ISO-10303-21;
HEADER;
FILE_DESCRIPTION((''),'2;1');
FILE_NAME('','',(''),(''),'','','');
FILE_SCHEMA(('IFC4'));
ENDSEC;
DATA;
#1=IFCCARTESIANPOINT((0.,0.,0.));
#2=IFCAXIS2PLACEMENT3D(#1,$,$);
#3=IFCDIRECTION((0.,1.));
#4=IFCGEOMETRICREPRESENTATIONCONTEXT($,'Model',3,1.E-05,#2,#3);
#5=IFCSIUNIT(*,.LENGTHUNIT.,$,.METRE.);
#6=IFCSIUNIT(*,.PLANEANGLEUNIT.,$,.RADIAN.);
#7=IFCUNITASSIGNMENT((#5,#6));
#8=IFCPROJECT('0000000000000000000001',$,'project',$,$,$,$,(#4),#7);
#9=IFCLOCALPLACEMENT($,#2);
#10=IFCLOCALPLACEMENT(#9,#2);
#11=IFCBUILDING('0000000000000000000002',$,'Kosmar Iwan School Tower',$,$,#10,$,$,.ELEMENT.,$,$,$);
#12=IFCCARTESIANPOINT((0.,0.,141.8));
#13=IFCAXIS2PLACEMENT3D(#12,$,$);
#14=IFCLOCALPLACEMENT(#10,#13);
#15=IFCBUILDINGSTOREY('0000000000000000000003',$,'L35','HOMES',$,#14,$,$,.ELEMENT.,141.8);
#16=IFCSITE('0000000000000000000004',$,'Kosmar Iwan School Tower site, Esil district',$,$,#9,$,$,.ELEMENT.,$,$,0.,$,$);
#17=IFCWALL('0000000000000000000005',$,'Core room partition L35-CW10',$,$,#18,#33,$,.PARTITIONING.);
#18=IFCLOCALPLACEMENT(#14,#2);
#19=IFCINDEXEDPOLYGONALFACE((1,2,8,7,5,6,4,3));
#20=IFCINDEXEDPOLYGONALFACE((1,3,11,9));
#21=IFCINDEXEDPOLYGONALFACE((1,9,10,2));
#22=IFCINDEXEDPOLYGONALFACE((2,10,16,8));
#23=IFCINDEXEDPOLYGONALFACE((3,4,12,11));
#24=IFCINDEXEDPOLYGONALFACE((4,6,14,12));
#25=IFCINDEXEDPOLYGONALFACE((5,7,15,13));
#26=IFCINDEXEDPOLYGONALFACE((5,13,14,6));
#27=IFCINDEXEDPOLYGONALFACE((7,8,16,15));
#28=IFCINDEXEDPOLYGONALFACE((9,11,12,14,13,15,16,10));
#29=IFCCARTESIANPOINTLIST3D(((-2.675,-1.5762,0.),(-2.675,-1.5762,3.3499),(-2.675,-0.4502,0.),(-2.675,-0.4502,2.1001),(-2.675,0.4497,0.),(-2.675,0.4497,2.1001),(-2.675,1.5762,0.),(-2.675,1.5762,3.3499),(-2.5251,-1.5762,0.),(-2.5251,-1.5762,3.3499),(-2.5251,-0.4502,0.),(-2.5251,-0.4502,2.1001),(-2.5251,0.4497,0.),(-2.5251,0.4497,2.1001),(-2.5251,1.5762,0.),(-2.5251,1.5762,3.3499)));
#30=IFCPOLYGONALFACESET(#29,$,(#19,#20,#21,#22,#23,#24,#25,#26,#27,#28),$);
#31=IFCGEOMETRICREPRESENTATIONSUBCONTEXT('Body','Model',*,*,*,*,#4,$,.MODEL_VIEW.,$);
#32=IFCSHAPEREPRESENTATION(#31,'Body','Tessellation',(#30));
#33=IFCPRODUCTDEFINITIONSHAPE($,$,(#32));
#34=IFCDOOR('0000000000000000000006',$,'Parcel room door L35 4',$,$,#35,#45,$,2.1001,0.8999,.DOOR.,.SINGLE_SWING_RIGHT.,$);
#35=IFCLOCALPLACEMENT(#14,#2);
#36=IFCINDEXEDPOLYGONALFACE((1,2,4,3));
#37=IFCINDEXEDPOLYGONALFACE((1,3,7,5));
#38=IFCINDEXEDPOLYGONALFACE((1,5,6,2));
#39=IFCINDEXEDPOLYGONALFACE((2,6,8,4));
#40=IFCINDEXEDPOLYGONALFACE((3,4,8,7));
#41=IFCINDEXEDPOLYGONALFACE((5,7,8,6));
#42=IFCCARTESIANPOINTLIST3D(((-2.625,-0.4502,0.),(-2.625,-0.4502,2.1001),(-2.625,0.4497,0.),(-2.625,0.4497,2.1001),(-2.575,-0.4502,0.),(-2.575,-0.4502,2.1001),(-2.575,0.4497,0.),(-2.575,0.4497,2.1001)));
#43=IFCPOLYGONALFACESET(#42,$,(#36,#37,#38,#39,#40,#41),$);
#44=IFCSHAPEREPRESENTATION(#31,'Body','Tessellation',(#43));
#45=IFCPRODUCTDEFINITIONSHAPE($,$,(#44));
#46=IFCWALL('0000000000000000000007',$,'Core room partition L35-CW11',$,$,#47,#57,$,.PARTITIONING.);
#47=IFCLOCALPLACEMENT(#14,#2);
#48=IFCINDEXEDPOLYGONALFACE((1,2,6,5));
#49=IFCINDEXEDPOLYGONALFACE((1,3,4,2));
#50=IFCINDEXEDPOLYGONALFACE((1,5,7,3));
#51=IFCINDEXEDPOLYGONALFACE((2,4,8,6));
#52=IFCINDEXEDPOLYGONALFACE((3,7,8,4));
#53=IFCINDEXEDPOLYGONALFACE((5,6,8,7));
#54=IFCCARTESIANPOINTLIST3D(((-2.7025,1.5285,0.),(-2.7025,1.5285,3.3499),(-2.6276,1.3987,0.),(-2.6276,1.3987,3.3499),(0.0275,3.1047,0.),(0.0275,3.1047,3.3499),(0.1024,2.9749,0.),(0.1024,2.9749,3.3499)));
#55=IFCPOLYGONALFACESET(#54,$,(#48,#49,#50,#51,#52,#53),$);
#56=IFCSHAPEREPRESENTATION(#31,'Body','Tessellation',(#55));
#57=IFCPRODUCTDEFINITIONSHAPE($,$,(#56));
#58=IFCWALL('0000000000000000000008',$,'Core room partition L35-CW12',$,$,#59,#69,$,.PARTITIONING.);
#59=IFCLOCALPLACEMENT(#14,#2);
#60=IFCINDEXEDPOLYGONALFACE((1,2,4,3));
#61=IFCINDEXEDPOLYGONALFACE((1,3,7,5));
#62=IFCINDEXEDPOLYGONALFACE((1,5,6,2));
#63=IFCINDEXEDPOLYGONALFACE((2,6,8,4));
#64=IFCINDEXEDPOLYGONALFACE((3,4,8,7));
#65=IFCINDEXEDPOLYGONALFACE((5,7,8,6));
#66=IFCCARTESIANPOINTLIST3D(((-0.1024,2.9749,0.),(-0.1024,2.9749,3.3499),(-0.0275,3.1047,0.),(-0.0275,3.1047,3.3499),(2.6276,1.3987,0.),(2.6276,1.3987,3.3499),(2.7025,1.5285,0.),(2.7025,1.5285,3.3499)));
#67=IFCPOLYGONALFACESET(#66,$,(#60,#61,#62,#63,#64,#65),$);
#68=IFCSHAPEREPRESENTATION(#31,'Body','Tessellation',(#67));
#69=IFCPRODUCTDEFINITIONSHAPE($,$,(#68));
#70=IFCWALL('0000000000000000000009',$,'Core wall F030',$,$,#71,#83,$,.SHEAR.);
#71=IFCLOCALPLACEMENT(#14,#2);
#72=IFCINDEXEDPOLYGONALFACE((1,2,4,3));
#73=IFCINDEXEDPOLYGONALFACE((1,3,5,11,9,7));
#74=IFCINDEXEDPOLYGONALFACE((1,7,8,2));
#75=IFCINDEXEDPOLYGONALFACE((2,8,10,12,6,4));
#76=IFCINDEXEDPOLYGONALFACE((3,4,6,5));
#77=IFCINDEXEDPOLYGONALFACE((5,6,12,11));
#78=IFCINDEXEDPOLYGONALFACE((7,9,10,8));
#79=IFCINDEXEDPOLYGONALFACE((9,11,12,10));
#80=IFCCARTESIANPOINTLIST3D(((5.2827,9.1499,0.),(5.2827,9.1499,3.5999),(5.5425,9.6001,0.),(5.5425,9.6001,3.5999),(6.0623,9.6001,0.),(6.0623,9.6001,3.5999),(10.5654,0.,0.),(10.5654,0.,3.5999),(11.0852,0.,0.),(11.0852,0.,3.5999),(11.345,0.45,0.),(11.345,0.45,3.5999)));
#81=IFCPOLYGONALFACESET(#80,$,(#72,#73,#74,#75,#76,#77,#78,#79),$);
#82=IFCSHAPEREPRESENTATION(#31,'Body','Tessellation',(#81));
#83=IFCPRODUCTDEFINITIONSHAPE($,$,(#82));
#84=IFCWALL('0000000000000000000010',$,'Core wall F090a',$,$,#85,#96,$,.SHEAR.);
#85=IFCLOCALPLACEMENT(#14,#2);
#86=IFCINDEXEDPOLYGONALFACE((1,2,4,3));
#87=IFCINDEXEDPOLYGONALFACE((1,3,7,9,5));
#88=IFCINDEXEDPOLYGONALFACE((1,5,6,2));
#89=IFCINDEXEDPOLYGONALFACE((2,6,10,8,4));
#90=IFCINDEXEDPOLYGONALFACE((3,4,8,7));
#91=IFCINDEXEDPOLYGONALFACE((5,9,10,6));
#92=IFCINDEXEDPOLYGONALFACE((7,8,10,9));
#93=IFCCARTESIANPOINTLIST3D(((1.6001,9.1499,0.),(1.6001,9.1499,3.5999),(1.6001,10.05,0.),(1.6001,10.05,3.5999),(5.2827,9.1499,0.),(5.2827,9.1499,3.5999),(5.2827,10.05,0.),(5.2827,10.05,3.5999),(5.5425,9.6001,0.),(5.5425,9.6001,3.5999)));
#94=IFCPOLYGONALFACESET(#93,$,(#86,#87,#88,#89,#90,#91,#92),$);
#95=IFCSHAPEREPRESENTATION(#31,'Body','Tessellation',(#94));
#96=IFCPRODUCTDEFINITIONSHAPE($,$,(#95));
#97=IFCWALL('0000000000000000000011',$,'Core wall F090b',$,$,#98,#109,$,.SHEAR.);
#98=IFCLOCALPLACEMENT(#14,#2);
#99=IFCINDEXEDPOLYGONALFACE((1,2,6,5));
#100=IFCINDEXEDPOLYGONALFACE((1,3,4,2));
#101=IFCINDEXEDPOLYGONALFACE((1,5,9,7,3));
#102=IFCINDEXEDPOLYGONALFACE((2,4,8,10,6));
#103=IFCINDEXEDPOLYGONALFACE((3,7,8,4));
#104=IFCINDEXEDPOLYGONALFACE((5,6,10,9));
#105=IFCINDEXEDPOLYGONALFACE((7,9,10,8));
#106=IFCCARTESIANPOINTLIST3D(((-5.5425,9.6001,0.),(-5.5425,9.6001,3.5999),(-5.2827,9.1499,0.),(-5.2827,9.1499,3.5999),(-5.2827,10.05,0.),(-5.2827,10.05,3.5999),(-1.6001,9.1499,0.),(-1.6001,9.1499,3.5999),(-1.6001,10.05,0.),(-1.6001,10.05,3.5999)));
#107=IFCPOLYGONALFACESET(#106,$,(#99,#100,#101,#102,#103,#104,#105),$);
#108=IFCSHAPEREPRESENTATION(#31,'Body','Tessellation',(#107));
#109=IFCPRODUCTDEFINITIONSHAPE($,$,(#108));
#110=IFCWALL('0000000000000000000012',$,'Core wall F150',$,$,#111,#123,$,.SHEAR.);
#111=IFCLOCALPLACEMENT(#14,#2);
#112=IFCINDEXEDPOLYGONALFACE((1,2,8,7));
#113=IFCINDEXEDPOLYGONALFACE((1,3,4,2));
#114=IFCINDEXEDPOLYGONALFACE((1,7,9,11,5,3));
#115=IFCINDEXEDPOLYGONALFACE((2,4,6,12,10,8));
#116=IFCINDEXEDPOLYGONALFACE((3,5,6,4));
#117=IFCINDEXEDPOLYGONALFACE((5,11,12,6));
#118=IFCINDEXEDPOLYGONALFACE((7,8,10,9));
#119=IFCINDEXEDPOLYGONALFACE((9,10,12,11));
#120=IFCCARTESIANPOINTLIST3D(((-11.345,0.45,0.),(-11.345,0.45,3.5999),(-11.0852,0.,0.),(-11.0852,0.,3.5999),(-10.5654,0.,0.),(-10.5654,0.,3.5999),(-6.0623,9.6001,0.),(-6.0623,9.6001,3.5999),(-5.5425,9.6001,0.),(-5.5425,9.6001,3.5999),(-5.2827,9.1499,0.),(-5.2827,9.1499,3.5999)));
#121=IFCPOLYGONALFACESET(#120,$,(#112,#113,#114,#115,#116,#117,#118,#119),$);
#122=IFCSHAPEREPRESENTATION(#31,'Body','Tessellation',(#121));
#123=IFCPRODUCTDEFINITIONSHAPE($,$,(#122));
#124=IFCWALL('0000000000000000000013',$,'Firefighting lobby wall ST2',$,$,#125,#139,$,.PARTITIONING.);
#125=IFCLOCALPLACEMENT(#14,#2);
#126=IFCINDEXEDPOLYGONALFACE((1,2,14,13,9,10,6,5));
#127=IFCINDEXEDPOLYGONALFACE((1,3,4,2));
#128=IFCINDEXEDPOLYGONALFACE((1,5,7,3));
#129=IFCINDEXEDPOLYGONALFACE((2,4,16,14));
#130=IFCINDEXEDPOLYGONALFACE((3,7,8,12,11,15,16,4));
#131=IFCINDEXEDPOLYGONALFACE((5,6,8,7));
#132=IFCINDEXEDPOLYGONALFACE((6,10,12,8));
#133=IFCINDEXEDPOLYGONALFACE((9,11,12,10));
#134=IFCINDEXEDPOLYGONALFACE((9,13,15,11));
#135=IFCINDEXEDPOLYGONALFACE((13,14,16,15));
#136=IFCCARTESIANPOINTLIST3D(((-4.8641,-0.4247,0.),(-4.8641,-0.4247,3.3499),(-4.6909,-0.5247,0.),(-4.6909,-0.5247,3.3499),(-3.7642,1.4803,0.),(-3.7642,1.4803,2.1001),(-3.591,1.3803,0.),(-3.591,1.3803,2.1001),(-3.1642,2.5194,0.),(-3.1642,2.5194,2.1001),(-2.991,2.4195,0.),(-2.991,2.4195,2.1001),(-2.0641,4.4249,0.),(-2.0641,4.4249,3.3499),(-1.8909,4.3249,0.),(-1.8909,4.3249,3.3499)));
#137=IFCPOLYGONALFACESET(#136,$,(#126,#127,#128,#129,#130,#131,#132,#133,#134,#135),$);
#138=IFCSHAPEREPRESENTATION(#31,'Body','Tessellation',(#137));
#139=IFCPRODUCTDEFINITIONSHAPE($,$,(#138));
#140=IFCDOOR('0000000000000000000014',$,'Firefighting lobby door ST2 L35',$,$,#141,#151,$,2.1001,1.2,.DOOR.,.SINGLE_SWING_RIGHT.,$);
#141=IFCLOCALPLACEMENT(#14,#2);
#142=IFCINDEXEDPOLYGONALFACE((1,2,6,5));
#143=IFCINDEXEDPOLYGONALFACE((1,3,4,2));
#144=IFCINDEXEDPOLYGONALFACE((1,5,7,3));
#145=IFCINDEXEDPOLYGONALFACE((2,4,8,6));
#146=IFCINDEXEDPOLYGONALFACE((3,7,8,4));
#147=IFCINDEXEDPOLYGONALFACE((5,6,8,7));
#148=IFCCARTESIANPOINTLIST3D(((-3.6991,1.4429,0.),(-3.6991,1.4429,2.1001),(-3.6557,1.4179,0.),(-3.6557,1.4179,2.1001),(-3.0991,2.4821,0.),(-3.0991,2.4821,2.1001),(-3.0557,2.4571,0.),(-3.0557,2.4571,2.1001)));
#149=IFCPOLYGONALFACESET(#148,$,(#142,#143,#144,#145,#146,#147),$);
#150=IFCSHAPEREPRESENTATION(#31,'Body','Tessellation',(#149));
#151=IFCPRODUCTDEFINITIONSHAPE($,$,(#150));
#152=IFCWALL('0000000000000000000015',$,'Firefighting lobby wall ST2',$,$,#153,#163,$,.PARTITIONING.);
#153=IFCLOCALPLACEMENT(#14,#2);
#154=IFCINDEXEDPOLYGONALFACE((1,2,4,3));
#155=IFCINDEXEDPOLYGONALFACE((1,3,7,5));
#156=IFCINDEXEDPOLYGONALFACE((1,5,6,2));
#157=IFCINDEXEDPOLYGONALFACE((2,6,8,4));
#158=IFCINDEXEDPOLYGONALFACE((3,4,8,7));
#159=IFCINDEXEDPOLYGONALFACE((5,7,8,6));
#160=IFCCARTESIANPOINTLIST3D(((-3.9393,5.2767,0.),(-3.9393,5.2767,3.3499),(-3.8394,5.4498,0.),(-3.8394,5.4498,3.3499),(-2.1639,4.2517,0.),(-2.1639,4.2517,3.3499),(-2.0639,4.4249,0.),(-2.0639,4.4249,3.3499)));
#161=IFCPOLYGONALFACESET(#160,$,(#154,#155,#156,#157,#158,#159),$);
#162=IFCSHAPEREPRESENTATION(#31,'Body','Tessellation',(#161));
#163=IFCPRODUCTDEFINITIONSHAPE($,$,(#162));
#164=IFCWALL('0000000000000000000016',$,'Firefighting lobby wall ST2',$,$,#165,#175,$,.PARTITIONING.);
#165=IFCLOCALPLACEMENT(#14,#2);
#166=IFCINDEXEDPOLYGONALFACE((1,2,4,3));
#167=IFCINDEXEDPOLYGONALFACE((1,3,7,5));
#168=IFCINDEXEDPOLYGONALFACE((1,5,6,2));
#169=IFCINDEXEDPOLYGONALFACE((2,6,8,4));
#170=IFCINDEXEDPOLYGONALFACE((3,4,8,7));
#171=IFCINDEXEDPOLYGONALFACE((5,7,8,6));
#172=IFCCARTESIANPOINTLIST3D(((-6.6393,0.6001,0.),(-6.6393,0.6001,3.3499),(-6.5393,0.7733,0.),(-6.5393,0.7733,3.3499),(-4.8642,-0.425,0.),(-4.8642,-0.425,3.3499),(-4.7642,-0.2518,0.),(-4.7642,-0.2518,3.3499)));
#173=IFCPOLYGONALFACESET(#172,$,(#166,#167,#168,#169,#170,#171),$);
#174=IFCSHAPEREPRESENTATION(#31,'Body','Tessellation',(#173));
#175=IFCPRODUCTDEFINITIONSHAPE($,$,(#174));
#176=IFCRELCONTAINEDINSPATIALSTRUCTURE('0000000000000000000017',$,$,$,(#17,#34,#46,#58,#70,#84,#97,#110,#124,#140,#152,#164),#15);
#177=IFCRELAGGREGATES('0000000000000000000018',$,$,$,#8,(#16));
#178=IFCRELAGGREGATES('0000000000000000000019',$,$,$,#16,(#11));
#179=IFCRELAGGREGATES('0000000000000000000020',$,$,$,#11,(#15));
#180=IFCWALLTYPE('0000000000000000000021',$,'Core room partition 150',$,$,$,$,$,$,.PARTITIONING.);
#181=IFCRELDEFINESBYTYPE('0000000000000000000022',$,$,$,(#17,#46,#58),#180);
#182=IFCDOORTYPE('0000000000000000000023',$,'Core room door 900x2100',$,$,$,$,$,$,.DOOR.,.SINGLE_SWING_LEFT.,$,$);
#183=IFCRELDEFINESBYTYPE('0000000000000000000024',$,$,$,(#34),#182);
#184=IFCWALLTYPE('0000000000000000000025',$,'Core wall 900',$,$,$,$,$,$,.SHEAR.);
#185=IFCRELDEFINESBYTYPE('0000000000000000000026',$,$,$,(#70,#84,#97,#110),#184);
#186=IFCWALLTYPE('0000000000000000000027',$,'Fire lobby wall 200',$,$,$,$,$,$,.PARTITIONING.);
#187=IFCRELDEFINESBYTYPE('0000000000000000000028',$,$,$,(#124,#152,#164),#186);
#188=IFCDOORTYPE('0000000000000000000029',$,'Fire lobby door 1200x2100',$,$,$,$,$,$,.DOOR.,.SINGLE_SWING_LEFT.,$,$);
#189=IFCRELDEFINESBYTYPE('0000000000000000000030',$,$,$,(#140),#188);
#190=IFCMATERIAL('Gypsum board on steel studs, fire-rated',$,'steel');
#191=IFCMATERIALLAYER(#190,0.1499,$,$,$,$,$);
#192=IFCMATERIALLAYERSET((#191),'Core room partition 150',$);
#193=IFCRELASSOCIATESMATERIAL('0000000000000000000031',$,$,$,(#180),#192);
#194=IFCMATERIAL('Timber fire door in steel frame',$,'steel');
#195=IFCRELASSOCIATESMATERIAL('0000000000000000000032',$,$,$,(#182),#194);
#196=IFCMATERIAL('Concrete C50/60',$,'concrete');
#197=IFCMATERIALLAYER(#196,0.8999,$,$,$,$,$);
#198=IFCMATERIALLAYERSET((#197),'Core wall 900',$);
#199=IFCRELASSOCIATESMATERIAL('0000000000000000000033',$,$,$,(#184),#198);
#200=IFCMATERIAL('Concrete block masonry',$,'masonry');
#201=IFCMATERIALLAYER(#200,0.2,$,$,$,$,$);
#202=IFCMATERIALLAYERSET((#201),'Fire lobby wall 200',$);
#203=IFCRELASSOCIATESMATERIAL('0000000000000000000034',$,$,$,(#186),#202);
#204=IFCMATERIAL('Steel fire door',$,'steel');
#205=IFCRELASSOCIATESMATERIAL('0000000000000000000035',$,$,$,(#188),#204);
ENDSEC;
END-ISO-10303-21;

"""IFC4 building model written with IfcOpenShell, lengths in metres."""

from ifc_helpers import new_model, si_unit, direction, frame, frame_2d, origin, place, context, subcontext, project, spatial, polyline, rectangle, outline, extrude, material, layer, layer_set, type_object, element, fill, save


model = new_model("IFC4")

# Units and contexts
model_context = context("Model", 3, precision=1e-05, world=origin(), true_north=direction((0.0, 1.0)))
body_context = subcontext(model_context, "Body", "Model", "MODEL_VIEW")
ifc_project = project(units=[si_unit("LENGTHUNIT", "METRE"), si_unit("PLANEANGLEUNIT", "RADIAN")], contexts=[model_context])

# Site, building, storey
site_placement = place(None, origin())
site = spatial("IfcSite", under=ifc_project, at=site_placement, Name="Kosmar Iwan School Tower site, Esil district", CompositionType="ELEMENT", RefElevation=0.0)
building_placement = place(site_placement, origin())
building = spatial("IfcBuilding", under=site, at=building_placement, Name="Kosmar Iwan School Tower", CompositionType="ELEMENT")
storey_placement = place(building_placement, frame((0.0, 0.0, 141.8)))
storey = spatial("IfcBuildingStorey", under=building, at=storey_placement, Name="L35", Description="HOMES", CompositionType="ELEMENT", Elevation=141.8)

# Shared definitions
ifc_material_1 = material(Name="Gypsum board on steel studs, fire-rated", Category="steel")
ifc_layer_1 = layer(ifc_material_1, 0.1499)
ifc_layer_set_1 = layer_set([ifc_layer_1], Name="Core room partition 150")
wall_type_1 = type_object("IfcWallType", Name="Core room partition 150", PredefinedType="PARTITIONING", material=ifc_layer_set_1)

# Shared definitions
ifc_material_2 = material(Name="Timber fire door in steel frame", Category="steel")
door_type_1 = type_object("IfcDoorType", Name="Core room door 900x2100", OperationType="SINGLE_SWING_LEFT", PredefinedType="DOOR", material=ifc_material_2)

# Wall, opening, door
wall_1_placement = place(storey_placement, frame((-2.6001, -1.5762, 0.0), z_axis=(0.0, 0.0, 1.0), x_axis=(0.0, 1.0, 0.0)))
wall_1 = element("IfcWall", 1, at=wall_1_placement, inside=storey, type_object=wall_type_1, Name="Core room partition L35-CW10", PredefinedType="PARTITIONING", context=body_context, shape_type="SweptSolid", body=[
    extrude(rectangle(XDim=3.1523, YDim=0.1499, at=frame_2d((1.5762, 0.0))), origin(), (0.0, 0.0, 1.0), 3.3499),
])
opening_1_placement = place(wall_1_placement, frame((1.126, 0.0, 0.0)))
opening_1 = element("IfcOpeningElement", 2, at=opening_1_placement, cuts=wall_1, PredefinedType="OPENING", context=body_context, shape_type="SweptSolid", body=[
    extrude(rectangle(XDim=0.8999, YDim=2.1001, at=frame_2d((0.45, 1.05))), frame((0.0, 0.0869, 0.0), z_axis=(0.0, -1.0, 0.0), x_axis=(1.0, 0.0, 0.0)), (0.0, 0.0, 1.0), 0.1738),
])
door_1_placement = place(opening_1_placement, origin())
door_1 = element("IfcDoor", 3, at=door_1_placement, inside=storey, type_object=door_type_1, Name="Parcel room door L35 4", OperationType="SINGLE_SWING_RIGHT", OverallHeight=2.1001, OverallWidth=0.8999, PredefinedType="DOOR", context=body_context, shape_type="SweptSolid", body=[
    extrude(rectangle(XDim=0.8999, YDim=2.1001, at=frame_2d((0.45, 1.05))), frame((0.0, 0.0249, 0.0), z_axis=(0.0, -1.0, 0.0), x_axis=(1.0, 0.0, 0.0)), (0.0, 0.0, 1.0), 0.05),
])
fill(opening_1, door_1)

# Walls
for number, where, z_axis, x_axis, name in (
    (4, (-2.665, 1.4636, 0.0), (0.0, 0.0, 1.0), (0.866023, 0.500004, 0.0), "Core room partition L35-CW11"),
    (5, (-0.0649, 3.0398, 0.0), (0.0, 0.0, 1.0), (0.866023, -0.500004, 0.0), "Core room partition L35-CW12"),
):
    element("IfcWall", number, at=place(storey_placement, frame(where, z_axis=z_axis, x_axis=x_axis)), inside=storey, type_object=wall_type_1, Name=name, PredefinedType="PARTITIONING", context=body_context, shape_type="SweptSolid", body=[
        extrude(rectangle(XDim=3.1523, YDim=0.1499, at=frame_2d((1.5762, 0.0))), origin(), (0.0, 0.0, 1.0), 3.3499),
    ])
ifc_material_3 = material(Name="Concrete C50/60", Category="concrete")
ifc_layer_2 = layer(ifc_material_3, 0.8999)
ifc_layer_set_2 = layer_set([ifc_layer_2], Name="Core wall 900")
wall_type_2 = type_object("IfcWallType", Name="Core wall 900", PredefinedType="SHEAR", material=ifc_layer_set_2)
wall_2_placement = place(storey_placement, origin())
element("IfcWall", 6, at=wall_2_placement, inside=storey, type_object=wall_type_2, Name="Core wall F030", PredefinedType="SHEAR", context=body_context, shape_type="SweptSolid", body=[
    extrude(outline(polyline([(10.5654, 0.0), (11.0852, 0.0), (11.345, 0.45), (6.0623, 9.6001), (5.5425, 9.6001), (5.2827, 9.1499), (10.5654, 0.0)])), origin(), (0.0, 0.0, 1.0), 3.5999),
])
wall_3_placement = place(storey_placement, origin())
element("IfcWall", 7, at=wall_3_placement, inside=storey, type_object=wall_type_2, Name="Core wall F090a", PredefinedType="SHEAR", context=body_context, shape_type="SweptSolid", body=[
    extrude(outline(polyline([(1.6001, 9.1499), (5.2827, 9.1499), (5.5425, 9.6001), (5.2827, 10.05), (1.6001, 10.05), (1.6001, 9.1499)])), origin(), (0.0, 0.0, 1.0), 3.5999),
])
wall_4_placement = place(storey_placement, origin())
element("IfcWall", 8, at=wall_4_placement, inside=storey, type_object=wall_type_2, Name="Core wall F090b", PredefinedType="SHEAR", context=body_context, shape_type="SweptSolid", body=[
    extrude(outline(polyline([(-5.2827, 9.1499), (-1.6001, 9.1499), (-1.6001, 10.05), (-5.2827, 10.05), (-5.5425, 9.6001), (-5.2827, 9.1499)])), origin(), (0.0, 0.0, 1.0), 3.5999),
])
wall_5_placement = place(storey_placement, origin())
element("IfcWall", 9, at=wall_5_placement, inside=storey, type_object=wall_type_2, Name="Core wall F150", PredefinedType="SHEAR", context=body_context, shape_type="SweptSolid", body=[
    extrude(outline(polyline([(-11.0852, 0.0), (-10.5654, 0.0), (-5.2827, 9.1499), (-5.5425, 9.6001), (-6.0623, 9.6001), (-11.345, 0.45), (-11.0852, 0.0)])), origin(), (0.0, 0.0, 1.0), 3.5999),
])

# Wall, opening, door
ifc_material_4 = material(Name="Concrete block masonry", Category="masonry")
ifc_layer_3 = layer(ifc_material_4, 0.2)
ifc_layer_set_3 = layer_set([ifc_layer_3], Name="Fire lobby wall 200")
wall_type_3 = type_object("IfcWallType", Name="Fire lobby wall 200", PredefinedType="PARTITIONING", material=ifc_layer_set_3)
wall_6_placement = place(storey_placement, frame((-1.9775, 4.3748, 0.0), z_axis=(0.0, 0.0, 1.0), x_axis=(-0.500017, -0.866016, 0.0)))
wall_6 = element("IfcWall", 10, at=wall_6_placement, inside=storey, type_object=wall_type_3, Name="Firefighting lobby wall ST2", PredefinedType="PARTITIONING", context=body_context, shape_type="SweptSolid", body=[
    extrude(rectangle(XDim=5.5999, YDim=0.2, at=frame_2d((2.7998, 0.0))), origin(), (0.0, 0.0, 1.0), 3.3499),
])
opening_2_placement = place(wall_6_placement, frame((2.2, 0.0, 0.0)))
opening_2 = element("IfcOpeningElement", 11, at=opening_2_placement, cuts=wall_6, PredefinedType="OPENING", context=body_context, shape_type="SweptSolid", body=[
    extrude(rectangle(XDim=1.2, YDim=2.1001, at=frame_2d((0.6001, 1.05))), frame((0.0, 0.1121, 0.0), z_axis=(0.0, -1.0, 0.0), x_axis=(1.0, 0.0, 0.0)), (0.0, 0.0, 1.0), 0.2239),
])
ifc_material_5 = material(Name="Steel fire door", Category="steel")
door_type_2 = type_object("IfcDoorType", Name="Fire lobby door 1200x2100", OperationType="SINGLE_SWING_LEFT", PredefinedType="DOOR", material=ifc_material_5)
door_2_placement = place(opening_2_placement, frame((1.2, 0.0, 0.0), z_axis=(0.0, 0.0, 1.0), x_axis=(-1.0, 0.0, 0.0)))
door_2 = element("IfcDoor", 12, at=door_2_placement, inside=storey, type_object=door_type_2, Name="Firefighting lobby door ST2 L35", OperationType="SINGLE_SWING_RIGHT", OverallHeight=2.1001, OverallWidth=1.2, PredefinedType="DOOR", context=body_context, shape_type="SweptSolid", body=[
    extrude(rectangle(XDim=1.2, YDim=2.1001, at=frame_2d((0.6001, 1.05))), frame((0.0, 0.0249, 0.0), z_axis=(0.0, -1.0, 0.0), x_axis=(1.0, 0.0, 0.0)), (0.0, 0.0, 1.0), 0.05),
])
fill(opening_2, door_2)

# Walls
wall_7_placement = place(storey_placement, frame((-2.114, 4.3384, 0.0), z_axis=(0.0, 0.0, 1.0), x_axis=(-0.866051, 0.499956, 0.0)))
element("IfcWall", 13, at=wall_7_placement, inside=storey, type_object=wall_type_3, Name="Firefighting lobby wall ST2", PredefinedType="PARTITIONING", context=body_context, shape_type="SweptSolid", body=[
    extrude(rectangle(XDim=2.05, YDim=0.2, at=frame_2d((1.0249, 0.0))), origin(), (0.0, 0.0, 1.0), 3.3499),
])
wall_8_placement = place(storey_placement, frame((-4.8142, -0.3384, 0.0), z_axis=(0.0, 0.0, 1.0), x_axis=(-0.865969, 0.500097, 0.0)))
element("IfcWall", 14, at=wall_8_placement, inside=storey, type_object=wall_type_3, Name="Firefighting lobby wall ST2", PredefinedType="PARTITIONING", context=body_context, shape_type="SweptSolid", body=[
    extrude(rectangle(XDim=2.0498, YDim=0.2, at=frame_2d((1.0249, 0.0))), origin(), (0.0, 0.0, 1.0), 3.3499),
])

save(model, "model.ifc")
